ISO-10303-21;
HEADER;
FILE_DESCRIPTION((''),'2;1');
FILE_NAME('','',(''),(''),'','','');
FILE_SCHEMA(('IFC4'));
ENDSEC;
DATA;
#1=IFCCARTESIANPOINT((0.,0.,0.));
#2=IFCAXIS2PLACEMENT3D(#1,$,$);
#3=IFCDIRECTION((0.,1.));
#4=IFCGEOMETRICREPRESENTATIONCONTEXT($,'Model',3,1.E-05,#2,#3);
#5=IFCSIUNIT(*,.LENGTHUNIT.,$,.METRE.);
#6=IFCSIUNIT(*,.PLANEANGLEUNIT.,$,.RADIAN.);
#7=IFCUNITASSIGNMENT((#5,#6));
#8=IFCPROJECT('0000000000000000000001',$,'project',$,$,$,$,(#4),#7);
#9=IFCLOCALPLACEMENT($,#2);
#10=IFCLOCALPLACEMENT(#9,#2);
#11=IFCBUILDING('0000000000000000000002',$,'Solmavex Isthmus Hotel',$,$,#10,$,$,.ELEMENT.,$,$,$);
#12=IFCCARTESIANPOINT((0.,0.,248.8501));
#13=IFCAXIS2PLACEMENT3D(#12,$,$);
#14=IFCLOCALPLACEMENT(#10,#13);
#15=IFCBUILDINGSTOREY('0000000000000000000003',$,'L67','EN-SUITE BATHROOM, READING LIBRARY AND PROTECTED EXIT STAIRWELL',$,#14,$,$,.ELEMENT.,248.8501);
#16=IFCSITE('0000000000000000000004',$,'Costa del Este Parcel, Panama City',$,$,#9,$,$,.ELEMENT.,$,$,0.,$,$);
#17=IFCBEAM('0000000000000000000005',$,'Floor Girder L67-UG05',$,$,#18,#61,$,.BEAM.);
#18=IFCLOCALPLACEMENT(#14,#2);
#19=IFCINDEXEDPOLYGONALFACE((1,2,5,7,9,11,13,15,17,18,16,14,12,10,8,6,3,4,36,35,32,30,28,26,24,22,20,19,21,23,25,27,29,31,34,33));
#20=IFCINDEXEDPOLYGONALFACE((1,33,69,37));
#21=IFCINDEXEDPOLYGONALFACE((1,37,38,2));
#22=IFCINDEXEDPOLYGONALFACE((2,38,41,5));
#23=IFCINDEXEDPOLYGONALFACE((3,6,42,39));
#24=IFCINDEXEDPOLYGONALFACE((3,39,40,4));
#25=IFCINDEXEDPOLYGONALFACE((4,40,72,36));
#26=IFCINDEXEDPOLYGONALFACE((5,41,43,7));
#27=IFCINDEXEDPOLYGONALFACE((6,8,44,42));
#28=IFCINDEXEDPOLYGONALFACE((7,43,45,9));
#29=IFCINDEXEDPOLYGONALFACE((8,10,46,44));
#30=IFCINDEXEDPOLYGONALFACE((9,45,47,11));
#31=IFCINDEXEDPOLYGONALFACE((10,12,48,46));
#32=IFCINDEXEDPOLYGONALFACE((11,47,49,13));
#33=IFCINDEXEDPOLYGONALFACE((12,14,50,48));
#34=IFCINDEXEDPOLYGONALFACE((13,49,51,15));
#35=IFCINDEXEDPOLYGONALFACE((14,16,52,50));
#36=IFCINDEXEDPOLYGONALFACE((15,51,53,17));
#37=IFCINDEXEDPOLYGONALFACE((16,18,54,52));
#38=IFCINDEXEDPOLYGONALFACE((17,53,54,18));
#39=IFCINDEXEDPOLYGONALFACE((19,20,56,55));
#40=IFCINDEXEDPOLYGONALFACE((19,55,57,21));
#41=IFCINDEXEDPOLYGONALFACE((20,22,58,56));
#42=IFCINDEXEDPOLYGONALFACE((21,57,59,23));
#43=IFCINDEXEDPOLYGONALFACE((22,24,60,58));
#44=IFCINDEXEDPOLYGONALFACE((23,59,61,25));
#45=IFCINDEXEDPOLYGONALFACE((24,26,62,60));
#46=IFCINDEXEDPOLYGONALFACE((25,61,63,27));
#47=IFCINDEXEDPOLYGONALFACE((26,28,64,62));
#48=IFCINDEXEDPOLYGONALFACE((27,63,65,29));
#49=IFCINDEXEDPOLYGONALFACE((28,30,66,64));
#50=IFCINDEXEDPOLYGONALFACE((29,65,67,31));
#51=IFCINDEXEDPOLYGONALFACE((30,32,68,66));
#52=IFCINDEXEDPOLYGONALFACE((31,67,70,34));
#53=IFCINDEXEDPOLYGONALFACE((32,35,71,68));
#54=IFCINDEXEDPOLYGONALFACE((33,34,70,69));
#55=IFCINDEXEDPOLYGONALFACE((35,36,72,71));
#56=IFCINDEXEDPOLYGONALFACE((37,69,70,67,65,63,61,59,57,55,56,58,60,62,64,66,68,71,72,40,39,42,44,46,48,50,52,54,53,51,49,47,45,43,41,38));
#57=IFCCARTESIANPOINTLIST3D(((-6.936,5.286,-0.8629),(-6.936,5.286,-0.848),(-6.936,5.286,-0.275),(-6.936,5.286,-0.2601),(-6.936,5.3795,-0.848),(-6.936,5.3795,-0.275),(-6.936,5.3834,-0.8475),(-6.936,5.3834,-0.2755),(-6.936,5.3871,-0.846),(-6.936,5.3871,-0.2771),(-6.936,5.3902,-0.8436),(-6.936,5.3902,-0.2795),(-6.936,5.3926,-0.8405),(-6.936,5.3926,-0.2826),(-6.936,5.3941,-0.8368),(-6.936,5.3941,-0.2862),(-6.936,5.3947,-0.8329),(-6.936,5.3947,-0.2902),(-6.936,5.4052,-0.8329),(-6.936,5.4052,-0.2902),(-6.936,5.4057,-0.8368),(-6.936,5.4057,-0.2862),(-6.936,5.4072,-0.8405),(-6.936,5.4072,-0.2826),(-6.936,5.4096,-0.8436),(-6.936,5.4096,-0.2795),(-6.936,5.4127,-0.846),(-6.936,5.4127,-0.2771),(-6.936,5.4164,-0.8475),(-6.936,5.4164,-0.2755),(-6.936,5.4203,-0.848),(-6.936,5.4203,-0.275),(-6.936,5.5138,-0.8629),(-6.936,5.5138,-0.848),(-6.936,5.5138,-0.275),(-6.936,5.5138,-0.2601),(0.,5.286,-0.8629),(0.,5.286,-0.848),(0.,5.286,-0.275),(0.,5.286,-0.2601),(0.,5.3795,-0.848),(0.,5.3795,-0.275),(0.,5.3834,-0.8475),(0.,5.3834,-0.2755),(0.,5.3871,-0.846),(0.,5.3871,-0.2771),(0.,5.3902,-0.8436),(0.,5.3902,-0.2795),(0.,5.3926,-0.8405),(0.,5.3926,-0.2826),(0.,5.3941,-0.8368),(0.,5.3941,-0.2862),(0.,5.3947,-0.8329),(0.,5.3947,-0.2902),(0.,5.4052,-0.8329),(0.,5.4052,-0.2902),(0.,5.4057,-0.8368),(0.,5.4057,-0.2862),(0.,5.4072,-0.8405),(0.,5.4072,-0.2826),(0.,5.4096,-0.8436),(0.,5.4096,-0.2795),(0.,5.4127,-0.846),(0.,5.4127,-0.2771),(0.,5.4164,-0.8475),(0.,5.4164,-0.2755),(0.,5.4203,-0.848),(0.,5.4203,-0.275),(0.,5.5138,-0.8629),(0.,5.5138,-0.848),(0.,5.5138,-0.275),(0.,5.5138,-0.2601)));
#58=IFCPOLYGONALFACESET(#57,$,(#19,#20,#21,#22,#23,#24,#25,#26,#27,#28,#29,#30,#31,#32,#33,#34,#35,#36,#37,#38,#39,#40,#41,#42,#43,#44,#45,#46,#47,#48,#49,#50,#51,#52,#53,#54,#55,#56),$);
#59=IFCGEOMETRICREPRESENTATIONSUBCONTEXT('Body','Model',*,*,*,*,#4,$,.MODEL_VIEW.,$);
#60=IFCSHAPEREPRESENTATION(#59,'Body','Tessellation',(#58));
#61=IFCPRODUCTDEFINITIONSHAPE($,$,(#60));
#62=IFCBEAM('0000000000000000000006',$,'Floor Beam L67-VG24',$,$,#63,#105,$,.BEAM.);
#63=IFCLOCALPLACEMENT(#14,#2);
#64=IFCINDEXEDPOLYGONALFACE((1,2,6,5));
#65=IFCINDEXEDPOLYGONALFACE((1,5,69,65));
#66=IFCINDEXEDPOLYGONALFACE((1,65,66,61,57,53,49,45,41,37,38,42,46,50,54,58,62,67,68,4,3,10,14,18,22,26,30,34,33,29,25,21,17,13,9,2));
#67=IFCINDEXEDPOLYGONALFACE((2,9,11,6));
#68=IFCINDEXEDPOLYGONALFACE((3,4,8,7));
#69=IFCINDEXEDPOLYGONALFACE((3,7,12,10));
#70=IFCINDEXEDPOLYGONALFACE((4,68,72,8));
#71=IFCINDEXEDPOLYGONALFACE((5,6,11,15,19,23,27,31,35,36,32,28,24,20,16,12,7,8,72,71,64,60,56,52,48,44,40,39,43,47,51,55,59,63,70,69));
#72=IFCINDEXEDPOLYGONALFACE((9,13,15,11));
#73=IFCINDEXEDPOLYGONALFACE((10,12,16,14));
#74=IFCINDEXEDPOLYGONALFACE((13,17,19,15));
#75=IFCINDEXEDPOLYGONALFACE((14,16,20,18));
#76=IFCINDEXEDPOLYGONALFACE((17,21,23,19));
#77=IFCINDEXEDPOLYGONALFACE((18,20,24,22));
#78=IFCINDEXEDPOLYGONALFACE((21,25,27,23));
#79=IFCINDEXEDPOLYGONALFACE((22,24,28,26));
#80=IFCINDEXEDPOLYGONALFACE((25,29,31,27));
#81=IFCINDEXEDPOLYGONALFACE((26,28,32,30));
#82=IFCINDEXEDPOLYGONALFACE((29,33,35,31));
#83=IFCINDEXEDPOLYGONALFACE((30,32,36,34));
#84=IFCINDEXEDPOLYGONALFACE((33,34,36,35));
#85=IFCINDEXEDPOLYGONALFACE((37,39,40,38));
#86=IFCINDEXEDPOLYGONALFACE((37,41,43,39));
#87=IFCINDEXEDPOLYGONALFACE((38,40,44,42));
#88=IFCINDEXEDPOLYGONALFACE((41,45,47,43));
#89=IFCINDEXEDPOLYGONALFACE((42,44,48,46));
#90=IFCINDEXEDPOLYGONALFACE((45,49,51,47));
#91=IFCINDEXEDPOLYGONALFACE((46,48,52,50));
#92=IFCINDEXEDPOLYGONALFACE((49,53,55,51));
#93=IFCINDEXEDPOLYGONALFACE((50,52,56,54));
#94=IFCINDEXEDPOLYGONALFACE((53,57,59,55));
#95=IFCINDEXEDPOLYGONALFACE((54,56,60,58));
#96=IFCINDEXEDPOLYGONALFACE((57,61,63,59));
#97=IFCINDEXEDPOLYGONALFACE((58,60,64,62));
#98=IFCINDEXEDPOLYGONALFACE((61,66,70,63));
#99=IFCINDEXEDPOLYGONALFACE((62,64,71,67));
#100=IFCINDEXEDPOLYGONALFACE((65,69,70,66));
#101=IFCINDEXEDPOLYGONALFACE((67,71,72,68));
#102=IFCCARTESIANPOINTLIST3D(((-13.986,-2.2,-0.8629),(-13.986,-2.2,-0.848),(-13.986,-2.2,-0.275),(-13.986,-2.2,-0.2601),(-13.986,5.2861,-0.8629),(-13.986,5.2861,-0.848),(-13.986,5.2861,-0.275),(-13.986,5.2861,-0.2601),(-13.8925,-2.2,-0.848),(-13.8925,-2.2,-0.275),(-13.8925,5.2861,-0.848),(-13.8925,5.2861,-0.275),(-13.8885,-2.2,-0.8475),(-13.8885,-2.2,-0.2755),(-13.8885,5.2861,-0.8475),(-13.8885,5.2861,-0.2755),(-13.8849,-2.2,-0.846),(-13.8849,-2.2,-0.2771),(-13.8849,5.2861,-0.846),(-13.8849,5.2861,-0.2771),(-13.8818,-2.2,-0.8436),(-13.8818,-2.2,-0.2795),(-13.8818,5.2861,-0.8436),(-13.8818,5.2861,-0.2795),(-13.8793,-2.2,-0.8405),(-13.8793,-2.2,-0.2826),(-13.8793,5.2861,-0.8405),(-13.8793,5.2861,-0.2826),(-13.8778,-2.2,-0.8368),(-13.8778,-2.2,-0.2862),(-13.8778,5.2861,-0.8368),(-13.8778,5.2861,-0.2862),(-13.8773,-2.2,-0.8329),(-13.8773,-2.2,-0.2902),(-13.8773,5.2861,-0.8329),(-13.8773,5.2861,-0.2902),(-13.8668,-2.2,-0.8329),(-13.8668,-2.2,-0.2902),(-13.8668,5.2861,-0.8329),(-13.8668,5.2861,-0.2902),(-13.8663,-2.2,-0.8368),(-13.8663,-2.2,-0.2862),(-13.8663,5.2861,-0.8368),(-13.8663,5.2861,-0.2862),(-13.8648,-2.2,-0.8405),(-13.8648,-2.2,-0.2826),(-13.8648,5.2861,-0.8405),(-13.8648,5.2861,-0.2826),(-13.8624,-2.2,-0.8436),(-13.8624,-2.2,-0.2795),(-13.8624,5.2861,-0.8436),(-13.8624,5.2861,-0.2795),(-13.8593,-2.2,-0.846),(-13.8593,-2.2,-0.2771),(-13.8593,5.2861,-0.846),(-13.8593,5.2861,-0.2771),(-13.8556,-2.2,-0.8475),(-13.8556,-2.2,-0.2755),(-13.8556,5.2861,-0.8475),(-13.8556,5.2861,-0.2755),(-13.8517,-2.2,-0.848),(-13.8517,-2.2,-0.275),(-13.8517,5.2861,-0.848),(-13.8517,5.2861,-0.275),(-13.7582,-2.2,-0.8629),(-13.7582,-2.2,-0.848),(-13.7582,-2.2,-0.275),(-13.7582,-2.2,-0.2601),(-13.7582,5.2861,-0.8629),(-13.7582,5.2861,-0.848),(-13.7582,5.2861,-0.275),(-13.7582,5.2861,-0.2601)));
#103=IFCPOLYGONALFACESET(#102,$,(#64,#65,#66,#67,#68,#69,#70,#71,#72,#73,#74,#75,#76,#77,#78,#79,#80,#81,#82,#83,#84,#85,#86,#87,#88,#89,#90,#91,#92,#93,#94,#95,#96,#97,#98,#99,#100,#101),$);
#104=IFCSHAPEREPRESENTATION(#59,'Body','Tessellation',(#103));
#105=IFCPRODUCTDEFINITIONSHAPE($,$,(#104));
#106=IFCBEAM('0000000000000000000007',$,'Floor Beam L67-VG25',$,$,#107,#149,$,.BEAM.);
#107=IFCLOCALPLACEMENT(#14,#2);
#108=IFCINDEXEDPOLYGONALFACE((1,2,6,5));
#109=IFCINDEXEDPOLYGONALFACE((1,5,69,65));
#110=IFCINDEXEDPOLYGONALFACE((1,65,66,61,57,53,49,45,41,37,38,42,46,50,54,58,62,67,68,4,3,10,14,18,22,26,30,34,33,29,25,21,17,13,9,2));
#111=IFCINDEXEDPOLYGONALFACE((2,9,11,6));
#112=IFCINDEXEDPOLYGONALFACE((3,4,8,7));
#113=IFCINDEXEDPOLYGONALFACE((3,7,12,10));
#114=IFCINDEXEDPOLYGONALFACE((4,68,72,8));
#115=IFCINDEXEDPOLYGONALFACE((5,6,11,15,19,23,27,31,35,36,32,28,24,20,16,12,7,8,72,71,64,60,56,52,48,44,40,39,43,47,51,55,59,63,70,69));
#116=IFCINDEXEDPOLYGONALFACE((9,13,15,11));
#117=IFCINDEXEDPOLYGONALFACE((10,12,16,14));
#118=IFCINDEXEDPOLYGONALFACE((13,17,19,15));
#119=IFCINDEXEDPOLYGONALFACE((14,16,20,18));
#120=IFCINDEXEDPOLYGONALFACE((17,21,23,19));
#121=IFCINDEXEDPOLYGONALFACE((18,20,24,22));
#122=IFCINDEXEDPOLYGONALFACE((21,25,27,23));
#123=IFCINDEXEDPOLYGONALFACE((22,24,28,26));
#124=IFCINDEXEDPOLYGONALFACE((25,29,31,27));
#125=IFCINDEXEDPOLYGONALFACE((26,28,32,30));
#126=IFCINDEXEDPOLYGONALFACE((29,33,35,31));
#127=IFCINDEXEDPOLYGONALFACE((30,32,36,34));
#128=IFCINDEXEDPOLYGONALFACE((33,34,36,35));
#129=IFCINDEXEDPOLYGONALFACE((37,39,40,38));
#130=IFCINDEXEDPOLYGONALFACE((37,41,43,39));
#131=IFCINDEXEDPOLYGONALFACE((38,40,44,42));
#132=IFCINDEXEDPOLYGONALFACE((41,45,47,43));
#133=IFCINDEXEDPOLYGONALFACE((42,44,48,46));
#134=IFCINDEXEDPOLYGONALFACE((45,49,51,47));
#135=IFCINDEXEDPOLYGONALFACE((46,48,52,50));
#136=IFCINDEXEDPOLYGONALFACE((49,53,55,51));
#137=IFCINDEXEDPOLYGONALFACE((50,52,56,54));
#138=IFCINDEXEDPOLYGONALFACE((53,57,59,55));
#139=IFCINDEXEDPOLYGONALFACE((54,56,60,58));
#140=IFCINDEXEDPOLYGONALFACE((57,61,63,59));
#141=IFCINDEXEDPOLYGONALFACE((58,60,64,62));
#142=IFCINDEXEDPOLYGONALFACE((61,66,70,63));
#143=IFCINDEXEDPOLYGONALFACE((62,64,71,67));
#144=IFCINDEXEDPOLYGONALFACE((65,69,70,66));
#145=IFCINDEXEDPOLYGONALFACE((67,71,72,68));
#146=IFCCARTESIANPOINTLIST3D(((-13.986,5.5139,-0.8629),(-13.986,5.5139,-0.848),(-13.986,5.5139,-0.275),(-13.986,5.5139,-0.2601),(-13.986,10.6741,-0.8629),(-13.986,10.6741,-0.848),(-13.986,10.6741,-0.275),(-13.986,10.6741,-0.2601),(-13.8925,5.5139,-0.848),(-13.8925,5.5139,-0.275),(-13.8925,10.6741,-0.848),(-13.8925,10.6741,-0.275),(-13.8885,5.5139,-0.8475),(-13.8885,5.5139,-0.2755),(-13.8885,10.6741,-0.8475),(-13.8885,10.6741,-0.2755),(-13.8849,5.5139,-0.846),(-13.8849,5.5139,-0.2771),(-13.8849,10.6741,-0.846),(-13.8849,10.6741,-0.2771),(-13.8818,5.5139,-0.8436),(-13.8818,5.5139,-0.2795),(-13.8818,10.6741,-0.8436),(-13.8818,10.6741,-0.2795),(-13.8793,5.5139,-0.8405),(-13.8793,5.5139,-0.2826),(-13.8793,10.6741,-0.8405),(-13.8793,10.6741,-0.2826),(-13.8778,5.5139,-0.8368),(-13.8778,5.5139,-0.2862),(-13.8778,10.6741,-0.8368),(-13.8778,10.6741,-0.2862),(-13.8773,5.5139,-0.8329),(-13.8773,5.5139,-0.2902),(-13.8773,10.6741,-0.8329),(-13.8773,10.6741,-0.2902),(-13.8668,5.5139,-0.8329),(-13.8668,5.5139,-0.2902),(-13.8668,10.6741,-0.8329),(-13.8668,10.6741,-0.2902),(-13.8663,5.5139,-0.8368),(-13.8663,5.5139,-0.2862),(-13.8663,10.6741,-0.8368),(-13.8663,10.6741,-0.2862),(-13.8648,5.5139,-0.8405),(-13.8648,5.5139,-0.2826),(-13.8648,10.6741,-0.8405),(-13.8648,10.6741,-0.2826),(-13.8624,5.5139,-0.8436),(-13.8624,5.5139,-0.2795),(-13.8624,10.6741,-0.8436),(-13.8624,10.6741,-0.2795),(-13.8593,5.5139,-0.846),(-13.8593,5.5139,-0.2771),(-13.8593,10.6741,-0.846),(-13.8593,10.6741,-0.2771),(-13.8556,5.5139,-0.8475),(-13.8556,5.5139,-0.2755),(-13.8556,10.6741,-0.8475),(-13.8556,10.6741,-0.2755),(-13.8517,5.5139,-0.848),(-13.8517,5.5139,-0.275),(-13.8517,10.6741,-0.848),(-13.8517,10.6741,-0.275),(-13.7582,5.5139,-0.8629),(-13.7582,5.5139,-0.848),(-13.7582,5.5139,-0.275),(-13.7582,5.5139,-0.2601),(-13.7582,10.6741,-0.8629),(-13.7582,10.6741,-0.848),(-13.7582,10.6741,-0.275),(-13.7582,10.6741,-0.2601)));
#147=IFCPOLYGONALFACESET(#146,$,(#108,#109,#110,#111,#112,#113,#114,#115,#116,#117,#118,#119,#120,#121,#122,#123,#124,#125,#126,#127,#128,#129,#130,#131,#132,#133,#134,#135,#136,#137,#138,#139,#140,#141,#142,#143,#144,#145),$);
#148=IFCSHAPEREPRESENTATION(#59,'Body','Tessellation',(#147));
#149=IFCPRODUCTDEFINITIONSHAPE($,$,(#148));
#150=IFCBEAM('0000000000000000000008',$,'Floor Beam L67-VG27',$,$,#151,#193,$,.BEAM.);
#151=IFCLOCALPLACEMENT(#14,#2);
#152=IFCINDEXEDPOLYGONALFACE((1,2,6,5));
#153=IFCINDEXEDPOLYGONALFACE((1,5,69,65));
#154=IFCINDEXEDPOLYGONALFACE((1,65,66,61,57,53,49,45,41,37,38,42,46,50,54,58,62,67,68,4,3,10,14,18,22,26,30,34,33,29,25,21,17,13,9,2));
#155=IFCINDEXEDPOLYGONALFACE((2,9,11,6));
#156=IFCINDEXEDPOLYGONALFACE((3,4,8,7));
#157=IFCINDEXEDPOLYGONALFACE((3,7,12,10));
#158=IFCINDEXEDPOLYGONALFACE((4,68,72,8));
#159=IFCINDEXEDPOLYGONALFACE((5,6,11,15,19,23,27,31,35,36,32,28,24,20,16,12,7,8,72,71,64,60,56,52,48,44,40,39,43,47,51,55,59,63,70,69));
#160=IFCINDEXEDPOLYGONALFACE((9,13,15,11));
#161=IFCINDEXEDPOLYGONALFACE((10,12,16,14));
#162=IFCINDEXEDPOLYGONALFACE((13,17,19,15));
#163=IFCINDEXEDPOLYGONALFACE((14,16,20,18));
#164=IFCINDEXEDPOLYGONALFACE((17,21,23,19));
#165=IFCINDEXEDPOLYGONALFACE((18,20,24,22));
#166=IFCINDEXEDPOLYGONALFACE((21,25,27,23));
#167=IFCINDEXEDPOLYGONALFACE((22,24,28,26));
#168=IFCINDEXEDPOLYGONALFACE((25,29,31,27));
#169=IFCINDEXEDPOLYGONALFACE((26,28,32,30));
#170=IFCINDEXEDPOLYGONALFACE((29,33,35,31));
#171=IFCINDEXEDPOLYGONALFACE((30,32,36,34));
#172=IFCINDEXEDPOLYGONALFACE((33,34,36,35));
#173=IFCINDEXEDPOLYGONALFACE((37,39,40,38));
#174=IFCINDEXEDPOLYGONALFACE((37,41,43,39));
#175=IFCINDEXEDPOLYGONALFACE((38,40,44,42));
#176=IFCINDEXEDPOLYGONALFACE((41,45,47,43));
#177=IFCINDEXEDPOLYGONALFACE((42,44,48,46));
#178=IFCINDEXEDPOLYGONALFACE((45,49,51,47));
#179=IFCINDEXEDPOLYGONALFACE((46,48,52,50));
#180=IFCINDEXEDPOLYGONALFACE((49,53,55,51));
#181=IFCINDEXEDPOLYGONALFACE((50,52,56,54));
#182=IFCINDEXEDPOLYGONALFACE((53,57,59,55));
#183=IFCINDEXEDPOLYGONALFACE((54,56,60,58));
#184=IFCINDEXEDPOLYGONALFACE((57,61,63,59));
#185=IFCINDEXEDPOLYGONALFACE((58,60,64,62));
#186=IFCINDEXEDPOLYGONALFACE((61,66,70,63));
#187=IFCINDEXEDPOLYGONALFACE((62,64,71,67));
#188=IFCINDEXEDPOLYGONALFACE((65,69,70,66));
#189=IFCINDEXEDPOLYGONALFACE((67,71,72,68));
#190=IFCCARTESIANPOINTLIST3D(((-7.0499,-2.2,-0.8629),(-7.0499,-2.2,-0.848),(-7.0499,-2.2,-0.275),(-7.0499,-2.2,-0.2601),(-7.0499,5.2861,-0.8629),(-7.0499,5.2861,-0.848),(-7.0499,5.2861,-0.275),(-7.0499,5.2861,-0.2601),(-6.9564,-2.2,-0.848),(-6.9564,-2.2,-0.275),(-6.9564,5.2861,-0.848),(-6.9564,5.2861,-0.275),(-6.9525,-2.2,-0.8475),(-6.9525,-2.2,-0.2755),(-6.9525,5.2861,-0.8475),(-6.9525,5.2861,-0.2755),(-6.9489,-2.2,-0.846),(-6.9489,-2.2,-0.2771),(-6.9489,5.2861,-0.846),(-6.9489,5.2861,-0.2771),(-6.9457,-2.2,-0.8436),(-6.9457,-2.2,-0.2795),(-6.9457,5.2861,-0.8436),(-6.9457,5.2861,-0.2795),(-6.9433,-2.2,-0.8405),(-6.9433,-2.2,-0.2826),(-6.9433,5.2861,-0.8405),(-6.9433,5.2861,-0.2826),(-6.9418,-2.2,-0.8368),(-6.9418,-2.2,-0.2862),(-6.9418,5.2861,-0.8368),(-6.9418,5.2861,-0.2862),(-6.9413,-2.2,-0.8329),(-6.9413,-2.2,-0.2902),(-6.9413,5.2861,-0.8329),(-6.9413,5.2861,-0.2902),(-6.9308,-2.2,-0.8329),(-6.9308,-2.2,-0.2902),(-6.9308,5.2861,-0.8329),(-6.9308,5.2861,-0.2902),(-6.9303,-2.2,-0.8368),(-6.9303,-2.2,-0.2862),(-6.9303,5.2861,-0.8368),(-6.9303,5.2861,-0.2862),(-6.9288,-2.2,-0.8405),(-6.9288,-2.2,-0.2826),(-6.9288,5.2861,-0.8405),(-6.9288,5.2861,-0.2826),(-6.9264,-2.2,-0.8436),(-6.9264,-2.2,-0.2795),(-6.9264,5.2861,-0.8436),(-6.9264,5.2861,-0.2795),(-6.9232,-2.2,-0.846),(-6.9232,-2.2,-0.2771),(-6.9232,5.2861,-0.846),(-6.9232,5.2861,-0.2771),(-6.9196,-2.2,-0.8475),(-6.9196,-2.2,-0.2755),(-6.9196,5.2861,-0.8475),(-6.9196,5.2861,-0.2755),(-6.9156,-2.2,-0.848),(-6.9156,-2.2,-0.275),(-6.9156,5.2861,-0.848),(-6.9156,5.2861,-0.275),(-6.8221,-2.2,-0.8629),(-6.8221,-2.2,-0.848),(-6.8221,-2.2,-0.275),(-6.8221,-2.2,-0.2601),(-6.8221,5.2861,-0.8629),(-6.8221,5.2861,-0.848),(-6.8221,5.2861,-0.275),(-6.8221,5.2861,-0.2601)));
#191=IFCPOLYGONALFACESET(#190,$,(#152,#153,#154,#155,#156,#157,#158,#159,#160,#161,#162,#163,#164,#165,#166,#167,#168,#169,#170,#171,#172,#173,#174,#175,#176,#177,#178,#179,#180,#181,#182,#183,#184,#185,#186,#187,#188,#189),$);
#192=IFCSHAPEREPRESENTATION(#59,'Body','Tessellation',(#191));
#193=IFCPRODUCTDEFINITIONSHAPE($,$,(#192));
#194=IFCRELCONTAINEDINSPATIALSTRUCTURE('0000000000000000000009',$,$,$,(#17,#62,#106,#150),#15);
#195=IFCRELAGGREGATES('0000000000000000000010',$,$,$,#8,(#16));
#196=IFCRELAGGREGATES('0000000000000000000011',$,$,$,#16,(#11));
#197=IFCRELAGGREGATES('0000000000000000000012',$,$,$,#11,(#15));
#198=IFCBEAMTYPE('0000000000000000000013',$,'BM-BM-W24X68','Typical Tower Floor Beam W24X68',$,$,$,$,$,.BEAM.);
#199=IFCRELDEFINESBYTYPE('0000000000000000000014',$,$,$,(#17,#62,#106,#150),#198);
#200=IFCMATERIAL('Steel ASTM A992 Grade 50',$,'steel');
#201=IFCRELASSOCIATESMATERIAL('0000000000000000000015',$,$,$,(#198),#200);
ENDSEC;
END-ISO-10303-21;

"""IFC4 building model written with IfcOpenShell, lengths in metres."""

from ifc_helpers import new_model, si_unit, direction, frame, origin, origin_2d, place, context, subcontext, project, spatial, i_section, extrude, material, material_profile, profile_set, type_object, element, save


model = new_model("IFC4")

# Units and contexts
model_context = context("Model", 3, precision=1e-05, world=origin(), true_north=direction((0.0, 1.0)))
body_context = subcontext(model_context, "Body", "Model", "MODEL_VIEW")
ifc_project = project(units=[si_unit("LENGTHUNIT", "METRE"), si_unit("PLANEANGLEUNIT", "RADIAN")], contexts=[model_context])

# Site, building, storey
site_placement = place(None, origin())
site = spatial("IfcSite", under=ifc_project, at=site_placement, Name="Costa del Este Parcel, Panama City", CompositionType="ELEMENT", RefElevation=0.0)
building_placement = place(site_placement, origin())
building = spatial("IfcBuilding", under=site, at=building_placement, Name="Solmavex Isthmus Hotel", CompositionType="ELEMENT")
storey_placement = place(building_placement, frame((0.0, 0.0, 248.8501)))
storey = spatial("IfcBuildingStorey", under=building, at=storey_placement, Name="L67", Description="EN-SUITE BATHROOM, READING LIBRARY AND PROTECTED EXIT STAIRWELL", CompositionType="ELEMENT", Elevation=248.8501)

# Beams
ifc_material_1 = material(Name="Steel ASTM A992 Grade 50", Category="steel")
ifc_material_profile_1 = material_profile(ifc_material_1, i_section(OverallWidth=0.2278, OverallDepth=0.6028, WebThickness=0.0105, FlangeThickness=0.0149, FilletRadius=0.0151, at=origin_2d()), Name="W24X68")
ifc_profile_set_1 = profile_set([ifc_material_profile_1], Name="Steel ASTM A992 Grade 50")
beam_type_1 = type_object("IfcBeamType", Name="BM-BM-W24X68", Description="Typical Tower Floor Beam W24X68", PredefinedType="BEAM", material=ifc_profile_set_1)
for number, where, z_axis, x_axis, name in (
    (1, (-6.936, 5.3999, -0.5615), (1.0, 0.0, 0.0), (0.0, 1.0, 0.0), "Floor Girder L67-UG05"),
):
    element("IfcBeam", number, at=place(storey_placement, frame(where, z_axis=z_axis, x_axis=x_axis)), inside=storey, type_object=beam_type_1, Name=name, PredefinedType="BEAM", context=body_context, shape_type="SweptSolid", body=[
        extrude(i_section(OverallWidth=0.2278, OverallDepth=0.6028, WebThickness=0.0105, FlangeThickness=0.0149, FilletRadius=0.0151, at=origin_2d()), origin(), (0.0, 0.0, 1.0), 6.936),
    ])
beam_1_placement = place(storey_placement, frame((-13.8721, -2.2, -0.5615), z_axis=(0.0, 1.0, 0.0), x_axis=(-1.0, 0.0, 0.0)))
element("IfcBeam", 2, at=beam_1_placement, inside=storey, type_object=beam_type_1, Name="Floor Beam L67-VG24", PredefinedType="BEAM", context=body_context, shape_type="SweptSolid", body=[
    extrude(i_section(OverallWidth=0.2278, OverallDepth=0.6028, WebThickness=0.0105, FlangeThickness=0.0149, FilletRadius=0.0151, at=origin_2d()), origin(), (0.0, 0.0, 1.0), 7.4861),
])
beam_2_placement = place(storey_placement, frame((-13.8721, 5.5139, -0.5615), z_axis=(0.0, 1.0, 0.0), x_axis=(-1.0, 0.0, 0.0)))
element("IfcBeam", 3, at=beam_2_placement, inside=storey, type_object=beam_type_1, Name="Floor Beam L67-VG25", PredefinedType="BEAM", context=body_context, shape_type="SweptSolid", body=[
    extrude(i_section(OverallWidth=0.2278, OverallDepth=0.6028, WebThickness=0.0105, FlangeThickness=0.0149, FilletRadius=0.0151, at=origin_2d()), origin(), (0.0, 0.0, 1.0), 5.1602),
])
beam_3_placement = place(storey_placement, frame((-6.936, -2.2, -0.5615), z_axis=(0.0, 1.0, 0.0), x_axis=(-1.0, 0.0, 0.0)))
element("IfcBeam", 4, at=beam_3_placement, inside=storey, type_object=beam_type_1, Name="Floor Beam L67-VG27", PredefinedType="BEAM", context=body_context, shape_type="SweptSolid", body=[
    extrude(i_section(OverallWidth=0.2278, OverallDepth=0.6028, WebThickness=0.0105, FlangeThickness=0.0149, FilletRadius=0.0151, at=origin_2d()), origin(), (0.0, 0.0, 1.0), 7.4861),
])

save(model, "model.ifc")
